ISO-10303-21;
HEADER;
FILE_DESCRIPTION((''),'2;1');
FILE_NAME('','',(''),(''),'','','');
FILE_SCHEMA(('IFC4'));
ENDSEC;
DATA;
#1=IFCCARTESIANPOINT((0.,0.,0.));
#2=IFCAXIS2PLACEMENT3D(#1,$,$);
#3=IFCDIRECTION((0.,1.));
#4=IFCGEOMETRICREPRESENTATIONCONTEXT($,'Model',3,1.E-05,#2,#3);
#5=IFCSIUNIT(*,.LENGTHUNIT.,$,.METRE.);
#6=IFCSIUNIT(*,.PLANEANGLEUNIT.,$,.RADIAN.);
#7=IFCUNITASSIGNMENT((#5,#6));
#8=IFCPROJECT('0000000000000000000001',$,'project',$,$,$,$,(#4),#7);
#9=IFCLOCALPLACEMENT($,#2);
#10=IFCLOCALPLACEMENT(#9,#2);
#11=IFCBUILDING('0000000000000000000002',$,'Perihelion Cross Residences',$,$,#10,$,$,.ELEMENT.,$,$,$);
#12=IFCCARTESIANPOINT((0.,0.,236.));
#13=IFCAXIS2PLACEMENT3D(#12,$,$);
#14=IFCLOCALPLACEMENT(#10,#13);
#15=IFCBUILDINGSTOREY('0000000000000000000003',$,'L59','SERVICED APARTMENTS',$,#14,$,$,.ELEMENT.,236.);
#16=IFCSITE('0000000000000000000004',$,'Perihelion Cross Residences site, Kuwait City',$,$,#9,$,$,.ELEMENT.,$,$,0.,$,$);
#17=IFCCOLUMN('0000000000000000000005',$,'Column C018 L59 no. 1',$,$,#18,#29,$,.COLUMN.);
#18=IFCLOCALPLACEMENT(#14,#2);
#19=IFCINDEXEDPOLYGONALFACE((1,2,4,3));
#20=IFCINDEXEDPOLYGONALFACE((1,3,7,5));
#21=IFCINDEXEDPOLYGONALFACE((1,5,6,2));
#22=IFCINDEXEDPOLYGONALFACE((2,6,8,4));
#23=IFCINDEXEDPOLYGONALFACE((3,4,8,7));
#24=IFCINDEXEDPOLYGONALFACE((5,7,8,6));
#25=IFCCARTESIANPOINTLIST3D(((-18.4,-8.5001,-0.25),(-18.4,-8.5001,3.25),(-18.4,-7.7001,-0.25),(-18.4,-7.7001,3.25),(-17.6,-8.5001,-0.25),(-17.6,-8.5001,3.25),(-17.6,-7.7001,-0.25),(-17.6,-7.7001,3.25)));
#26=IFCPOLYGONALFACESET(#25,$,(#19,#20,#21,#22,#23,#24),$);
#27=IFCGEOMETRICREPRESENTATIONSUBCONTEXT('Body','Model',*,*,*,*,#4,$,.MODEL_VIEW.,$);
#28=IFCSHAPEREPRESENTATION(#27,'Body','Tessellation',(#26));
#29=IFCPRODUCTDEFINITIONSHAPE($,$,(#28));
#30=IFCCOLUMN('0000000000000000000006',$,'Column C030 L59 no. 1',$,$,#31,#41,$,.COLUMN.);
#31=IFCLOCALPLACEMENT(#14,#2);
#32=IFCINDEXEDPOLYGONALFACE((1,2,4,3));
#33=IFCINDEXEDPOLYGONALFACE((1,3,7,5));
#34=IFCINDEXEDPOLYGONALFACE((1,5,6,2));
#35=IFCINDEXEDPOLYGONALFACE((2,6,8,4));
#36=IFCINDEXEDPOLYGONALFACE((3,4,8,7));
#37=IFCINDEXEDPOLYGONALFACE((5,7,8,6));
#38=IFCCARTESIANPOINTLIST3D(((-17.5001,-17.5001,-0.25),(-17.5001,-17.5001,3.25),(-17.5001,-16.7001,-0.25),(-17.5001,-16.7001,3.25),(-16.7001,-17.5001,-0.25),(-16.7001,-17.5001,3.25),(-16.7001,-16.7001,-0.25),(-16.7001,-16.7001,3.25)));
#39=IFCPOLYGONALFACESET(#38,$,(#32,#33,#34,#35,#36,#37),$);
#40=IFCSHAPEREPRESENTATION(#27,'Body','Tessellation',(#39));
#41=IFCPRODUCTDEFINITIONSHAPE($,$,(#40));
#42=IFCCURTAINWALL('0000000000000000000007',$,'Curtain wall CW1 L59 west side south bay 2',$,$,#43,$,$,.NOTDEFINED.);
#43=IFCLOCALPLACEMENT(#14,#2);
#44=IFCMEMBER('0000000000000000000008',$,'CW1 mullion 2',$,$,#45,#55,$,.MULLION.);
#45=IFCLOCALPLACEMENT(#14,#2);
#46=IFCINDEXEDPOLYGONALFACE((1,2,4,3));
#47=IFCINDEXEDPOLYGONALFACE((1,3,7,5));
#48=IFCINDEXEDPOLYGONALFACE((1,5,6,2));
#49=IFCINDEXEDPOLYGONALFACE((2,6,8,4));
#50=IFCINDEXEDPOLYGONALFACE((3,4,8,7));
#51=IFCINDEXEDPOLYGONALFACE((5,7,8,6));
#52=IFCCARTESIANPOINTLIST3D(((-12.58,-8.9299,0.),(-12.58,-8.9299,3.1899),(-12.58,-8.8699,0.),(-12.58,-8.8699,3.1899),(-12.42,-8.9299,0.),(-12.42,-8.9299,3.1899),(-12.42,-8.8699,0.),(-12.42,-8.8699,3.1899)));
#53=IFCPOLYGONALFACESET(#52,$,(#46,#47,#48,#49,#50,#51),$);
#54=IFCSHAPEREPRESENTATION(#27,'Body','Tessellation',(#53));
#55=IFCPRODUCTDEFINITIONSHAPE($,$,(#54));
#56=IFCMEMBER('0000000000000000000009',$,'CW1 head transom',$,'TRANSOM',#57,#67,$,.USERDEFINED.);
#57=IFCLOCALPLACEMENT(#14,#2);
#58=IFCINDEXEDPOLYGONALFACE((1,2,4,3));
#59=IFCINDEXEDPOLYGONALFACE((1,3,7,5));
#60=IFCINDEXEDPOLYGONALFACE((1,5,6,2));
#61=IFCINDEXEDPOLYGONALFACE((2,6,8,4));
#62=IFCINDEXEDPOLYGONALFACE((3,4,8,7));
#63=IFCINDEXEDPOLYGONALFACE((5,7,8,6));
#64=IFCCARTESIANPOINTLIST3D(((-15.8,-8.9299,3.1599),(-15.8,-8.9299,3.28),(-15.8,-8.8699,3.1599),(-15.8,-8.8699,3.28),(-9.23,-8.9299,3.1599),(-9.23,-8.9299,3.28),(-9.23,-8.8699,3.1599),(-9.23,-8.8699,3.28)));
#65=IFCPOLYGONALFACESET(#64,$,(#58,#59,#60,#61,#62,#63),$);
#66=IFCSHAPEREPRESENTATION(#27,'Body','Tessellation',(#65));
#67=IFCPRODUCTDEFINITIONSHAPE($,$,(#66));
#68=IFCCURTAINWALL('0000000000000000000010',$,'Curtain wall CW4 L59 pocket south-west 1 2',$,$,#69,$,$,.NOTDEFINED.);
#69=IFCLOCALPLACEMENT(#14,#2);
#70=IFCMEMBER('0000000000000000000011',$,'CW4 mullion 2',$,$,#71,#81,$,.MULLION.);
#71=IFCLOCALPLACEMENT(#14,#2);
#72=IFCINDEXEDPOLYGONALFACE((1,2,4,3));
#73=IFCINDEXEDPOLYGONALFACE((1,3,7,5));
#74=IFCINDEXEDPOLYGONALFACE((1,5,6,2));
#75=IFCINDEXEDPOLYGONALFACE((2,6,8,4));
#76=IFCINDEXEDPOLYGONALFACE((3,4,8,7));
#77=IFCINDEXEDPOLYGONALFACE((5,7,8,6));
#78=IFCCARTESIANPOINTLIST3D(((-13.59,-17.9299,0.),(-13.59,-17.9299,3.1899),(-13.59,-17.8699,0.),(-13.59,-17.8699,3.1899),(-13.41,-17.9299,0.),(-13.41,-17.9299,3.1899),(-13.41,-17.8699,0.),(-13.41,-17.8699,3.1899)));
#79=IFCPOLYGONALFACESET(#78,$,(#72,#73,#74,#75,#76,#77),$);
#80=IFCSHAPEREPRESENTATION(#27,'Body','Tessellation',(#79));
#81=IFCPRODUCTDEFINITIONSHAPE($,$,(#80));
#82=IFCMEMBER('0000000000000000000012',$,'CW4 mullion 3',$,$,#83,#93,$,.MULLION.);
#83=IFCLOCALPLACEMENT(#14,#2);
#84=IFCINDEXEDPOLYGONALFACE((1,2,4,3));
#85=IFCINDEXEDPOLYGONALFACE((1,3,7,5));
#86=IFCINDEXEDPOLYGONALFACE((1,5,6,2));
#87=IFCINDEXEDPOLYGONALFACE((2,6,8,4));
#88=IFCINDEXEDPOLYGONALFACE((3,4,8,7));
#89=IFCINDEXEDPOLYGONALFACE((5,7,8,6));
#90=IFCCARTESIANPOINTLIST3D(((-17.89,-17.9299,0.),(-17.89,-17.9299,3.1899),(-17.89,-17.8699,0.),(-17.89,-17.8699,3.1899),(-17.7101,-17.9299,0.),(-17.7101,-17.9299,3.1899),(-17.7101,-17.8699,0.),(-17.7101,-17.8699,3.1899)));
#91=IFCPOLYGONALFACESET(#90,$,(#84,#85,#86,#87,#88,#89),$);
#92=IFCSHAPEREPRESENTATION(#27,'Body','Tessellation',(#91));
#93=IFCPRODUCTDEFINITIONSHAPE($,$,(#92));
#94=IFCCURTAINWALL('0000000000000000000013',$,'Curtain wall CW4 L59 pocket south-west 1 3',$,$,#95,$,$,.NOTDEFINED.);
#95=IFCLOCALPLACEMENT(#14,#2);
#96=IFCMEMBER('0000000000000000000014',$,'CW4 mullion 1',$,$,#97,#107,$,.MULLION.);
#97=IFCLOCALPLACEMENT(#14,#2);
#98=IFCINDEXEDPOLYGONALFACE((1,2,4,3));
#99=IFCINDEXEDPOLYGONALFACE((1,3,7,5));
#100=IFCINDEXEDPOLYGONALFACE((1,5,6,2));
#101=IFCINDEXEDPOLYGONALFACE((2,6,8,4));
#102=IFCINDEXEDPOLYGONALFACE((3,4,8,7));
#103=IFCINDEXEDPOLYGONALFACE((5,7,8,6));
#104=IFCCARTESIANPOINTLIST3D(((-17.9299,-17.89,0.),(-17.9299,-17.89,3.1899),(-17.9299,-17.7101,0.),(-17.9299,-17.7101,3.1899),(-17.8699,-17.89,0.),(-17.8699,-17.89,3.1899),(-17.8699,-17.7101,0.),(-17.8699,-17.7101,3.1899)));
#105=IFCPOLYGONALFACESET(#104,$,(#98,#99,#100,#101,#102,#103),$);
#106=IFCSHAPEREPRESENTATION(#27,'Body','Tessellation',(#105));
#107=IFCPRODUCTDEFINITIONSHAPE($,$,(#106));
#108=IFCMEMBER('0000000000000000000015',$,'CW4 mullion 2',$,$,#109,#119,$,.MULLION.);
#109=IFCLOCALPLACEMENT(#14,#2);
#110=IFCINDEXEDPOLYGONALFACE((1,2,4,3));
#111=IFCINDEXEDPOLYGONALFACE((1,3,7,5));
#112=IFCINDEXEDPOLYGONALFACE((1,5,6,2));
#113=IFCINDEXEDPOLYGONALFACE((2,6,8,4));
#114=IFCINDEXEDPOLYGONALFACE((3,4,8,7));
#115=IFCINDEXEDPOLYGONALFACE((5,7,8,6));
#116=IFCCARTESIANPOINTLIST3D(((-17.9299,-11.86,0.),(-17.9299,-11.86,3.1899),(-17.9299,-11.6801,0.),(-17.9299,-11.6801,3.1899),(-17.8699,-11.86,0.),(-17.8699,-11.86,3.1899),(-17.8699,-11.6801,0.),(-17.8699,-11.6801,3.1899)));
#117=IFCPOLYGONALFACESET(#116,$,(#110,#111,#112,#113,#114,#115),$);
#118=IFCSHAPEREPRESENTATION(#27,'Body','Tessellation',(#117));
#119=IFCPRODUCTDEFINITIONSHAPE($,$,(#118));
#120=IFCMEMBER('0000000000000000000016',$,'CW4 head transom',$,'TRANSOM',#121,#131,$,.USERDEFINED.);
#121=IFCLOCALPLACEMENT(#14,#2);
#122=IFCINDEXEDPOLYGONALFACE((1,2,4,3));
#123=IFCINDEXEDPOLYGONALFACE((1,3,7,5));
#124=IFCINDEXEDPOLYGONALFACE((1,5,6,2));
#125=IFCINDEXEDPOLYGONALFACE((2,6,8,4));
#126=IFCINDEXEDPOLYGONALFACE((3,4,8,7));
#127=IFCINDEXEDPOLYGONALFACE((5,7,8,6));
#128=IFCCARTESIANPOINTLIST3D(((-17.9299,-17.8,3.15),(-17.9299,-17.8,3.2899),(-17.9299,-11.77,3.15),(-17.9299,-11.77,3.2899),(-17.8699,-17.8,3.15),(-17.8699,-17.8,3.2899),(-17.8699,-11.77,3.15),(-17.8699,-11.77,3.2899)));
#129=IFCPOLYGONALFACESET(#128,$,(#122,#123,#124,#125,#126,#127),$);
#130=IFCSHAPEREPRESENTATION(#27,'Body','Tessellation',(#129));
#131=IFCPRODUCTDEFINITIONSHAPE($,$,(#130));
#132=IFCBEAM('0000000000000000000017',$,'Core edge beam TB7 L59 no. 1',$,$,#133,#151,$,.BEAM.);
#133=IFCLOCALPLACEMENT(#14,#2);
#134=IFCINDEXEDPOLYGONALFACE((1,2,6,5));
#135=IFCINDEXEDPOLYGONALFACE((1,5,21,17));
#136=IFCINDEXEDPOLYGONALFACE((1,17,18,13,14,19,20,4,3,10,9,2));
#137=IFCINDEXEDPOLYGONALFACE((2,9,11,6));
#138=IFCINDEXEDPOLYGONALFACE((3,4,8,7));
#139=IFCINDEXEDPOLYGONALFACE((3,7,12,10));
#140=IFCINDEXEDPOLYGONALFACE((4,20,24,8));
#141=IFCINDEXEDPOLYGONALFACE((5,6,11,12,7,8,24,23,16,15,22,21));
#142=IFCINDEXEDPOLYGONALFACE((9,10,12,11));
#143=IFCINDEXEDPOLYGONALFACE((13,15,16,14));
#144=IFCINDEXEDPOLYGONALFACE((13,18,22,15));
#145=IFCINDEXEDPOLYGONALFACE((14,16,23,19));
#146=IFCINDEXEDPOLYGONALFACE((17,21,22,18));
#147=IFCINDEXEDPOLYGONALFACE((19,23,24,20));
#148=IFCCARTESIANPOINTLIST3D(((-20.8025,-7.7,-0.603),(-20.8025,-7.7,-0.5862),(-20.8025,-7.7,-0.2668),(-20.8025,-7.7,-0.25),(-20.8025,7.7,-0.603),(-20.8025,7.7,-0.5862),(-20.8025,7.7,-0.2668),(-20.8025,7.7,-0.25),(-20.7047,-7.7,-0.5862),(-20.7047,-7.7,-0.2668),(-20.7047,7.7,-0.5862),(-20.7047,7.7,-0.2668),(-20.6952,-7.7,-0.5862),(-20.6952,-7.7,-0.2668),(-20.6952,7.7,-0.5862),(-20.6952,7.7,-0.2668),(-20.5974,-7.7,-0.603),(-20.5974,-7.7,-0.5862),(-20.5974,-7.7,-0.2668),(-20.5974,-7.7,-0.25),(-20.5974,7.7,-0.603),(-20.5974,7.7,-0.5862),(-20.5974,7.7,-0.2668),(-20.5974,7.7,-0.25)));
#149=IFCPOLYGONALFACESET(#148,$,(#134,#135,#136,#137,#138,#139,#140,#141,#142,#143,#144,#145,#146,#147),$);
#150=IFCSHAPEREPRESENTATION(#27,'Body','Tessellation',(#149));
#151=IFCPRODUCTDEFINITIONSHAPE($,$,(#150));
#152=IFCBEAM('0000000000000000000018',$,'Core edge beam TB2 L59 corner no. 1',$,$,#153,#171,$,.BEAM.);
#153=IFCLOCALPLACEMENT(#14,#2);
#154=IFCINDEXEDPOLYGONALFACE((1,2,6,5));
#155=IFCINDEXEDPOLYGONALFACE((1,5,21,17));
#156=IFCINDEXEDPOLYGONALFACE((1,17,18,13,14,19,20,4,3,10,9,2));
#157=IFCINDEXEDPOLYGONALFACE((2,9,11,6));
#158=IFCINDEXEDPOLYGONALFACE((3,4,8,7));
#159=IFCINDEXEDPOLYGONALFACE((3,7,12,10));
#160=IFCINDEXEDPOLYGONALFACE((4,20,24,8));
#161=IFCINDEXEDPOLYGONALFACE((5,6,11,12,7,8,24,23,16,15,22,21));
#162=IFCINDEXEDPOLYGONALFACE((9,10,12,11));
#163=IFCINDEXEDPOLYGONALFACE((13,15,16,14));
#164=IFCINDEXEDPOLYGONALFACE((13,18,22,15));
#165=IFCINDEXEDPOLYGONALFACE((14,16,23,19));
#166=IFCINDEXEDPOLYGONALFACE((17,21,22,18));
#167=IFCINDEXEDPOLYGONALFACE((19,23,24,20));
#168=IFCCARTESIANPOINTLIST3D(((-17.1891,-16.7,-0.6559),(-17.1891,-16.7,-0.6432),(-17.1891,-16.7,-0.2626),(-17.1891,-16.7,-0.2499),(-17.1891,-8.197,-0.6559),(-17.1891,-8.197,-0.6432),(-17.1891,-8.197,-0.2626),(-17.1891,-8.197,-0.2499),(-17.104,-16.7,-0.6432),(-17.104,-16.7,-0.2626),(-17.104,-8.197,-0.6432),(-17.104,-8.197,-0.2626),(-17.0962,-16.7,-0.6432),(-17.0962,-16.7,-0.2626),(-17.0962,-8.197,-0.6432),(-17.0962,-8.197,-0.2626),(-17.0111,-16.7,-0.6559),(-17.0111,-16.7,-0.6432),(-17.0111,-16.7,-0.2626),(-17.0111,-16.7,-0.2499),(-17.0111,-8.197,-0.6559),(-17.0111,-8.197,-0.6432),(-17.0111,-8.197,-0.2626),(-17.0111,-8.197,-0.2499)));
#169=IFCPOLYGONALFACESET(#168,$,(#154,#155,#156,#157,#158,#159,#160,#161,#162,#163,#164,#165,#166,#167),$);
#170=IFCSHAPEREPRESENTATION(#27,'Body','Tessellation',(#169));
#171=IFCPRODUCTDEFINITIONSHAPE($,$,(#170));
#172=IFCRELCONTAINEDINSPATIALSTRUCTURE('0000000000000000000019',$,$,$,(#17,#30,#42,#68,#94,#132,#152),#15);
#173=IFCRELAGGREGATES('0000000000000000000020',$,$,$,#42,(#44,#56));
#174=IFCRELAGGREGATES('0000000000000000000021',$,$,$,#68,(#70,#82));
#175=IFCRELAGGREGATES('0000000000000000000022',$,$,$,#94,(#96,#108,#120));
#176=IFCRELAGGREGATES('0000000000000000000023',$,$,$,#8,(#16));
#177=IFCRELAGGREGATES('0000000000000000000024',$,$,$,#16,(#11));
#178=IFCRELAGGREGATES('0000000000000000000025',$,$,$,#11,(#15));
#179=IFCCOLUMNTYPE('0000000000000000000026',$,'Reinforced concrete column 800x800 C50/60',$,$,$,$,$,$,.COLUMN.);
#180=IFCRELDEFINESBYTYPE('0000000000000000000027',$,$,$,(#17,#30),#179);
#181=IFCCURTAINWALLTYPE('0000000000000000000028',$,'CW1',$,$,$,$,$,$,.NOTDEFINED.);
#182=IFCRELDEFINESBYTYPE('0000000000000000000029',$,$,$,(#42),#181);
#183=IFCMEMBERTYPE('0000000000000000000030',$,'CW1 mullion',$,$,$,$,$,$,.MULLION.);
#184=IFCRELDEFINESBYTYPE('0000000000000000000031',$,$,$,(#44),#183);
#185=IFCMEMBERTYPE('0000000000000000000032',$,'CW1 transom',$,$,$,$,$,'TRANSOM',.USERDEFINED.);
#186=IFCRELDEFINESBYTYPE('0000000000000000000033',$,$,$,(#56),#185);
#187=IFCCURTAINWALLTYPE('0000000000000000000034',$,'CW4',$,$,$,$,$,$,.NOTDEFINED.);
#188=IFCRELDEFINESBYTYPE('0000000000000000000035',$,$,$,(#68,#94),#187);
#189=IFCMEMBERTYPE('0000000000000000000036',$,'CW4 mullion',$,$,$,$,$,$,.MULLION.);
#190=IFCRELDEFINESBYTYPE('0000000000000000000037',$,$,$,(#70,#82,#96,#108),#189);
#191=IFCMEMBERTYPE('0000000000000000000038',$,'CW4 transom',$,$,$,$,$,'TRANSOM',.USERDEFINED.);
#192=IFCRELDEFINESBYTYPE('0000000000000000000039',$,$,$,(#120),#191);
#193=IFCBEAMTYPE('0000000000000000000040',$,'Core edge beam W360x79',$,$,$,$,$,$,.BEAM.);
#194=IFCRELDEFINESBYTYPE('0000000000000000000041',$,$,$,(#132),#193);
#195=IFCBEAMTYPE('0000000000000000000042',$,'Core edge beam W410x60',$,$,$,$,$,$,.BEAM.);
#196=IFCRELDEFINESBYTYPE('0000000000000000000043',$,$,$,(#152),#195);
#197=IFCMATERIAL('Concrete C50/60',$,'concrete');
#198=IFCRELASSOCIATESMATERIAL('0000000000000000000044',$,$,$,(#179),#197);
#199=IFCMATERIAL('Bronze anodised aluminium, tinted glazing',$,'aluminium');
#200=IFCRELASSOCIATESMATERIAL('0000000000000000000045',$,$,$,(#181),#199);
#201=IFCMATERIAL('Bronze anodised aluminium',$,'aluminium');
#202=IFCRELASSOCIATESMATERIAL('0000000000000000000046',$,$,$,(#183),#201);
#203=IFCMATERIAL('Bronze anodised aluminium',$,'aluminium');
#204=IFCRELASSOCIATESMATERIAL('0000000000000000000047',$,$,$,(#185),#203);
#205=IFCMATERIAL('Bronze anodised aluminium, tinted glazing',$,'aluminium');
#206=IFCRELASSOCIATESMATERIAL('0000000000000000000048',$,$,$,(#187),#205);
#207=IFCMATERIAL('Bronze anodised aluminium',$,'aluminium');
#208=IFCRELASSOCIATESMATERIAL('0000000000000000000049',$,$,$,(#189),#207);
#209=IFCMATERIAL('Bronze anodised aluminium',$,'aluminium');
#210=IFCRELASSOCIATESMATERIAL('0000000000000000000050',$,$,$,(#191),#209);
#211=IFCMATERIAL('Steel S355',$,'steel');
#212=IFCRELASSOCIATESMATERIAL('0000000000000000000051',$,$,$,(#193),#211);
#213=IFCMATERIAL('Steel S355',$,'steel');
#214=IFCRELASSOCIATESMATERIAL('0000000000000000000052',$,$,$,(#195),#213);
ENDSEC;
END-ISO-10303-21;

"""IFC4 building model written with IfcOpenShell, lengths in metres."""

from ifc_helpers import new_model, si_unit, direction, frame, origin, origin_2d, place, context, subcontext, project, spatial, rectangle, i_section, extrude, material, material_profile, profile_set, type_object, element, aggregate, save


model = new_model("IFC4")

# Units and contexts
model_context = context("Model", 3, precision=1e-05, world=origin(), true_north=direction((0.0, 1.0)))
body_context = subcontext(model_context, "Body", "Model", "MODEL_VIEW")
ifc_project = project(units=[si_unit("LENGTHUNIT", "METRE"), si_unit("PLANEANGLEUNIT", "RADIAN")], contexts=[model_context])

# Site, building, storey
site_placement = place(None, origin())
site = spatial("IfcSite", under=ifc_project, at=site_placement, Name="Perihelion Cross Residences site, Kuwait City", CompositionType="ELEMENT", RefElevation=0.0)
building_placement = place(site_placement, origin())
building = spatial("IfcBuilding", under=site, at=building_placement, Name="Perihelion Cross Residences", CompositionType="ELEMENT")
storey_placement = place(building_placement, frame((0.0, 0.0, 236.0)))
storey = spatial("IfcBuildingStorey", under=building, at=storey_placement, Name="L59", Description="SERVICED APARTMENTS", CompositionType="ELEMENT", Elevation=236.0)

# Columns
ifc_material_1 = material(Name="Concrete C50/60", Category="concrete")
ifc_material_profile_1 = material_profile(ifc_material_1, rectangle(XDim=0.8, YDim=0.8, at=origin_2d()), Name="RC 800x800")
ifc_profile_set_1 = profile_set([ifc_material_profile_1], Name="Concrete C50/60")
column_type = type_object("IfcColumnType", Name="Reinforced concrete column 800x800 C50/60", PredefinedType="COLUMN", material=ifc_profile_set_1)
for number, where, z_axis, x_axis, name in (
    (1, (-18.0, -8.1001, -0.25), (0.0, 0.0, 1.0), (1.0, 0.0, 0.0), "Column C018 L59 no. 1"),
    (2, (-17.1001, -17.1001, -0.25), (0.0, 0.0, 1.0), (1.0, 0.0, 0.0), "Column C030 L59 no. 1"),
):
    element("IfcColumn", number, at=place(storey_placement, frame(where, z_axis=z_axis, x_axis=x_axis)), inside=storey, type_object=column_type, Name=name, PredefinedType="COLUMN", context=body_context, shape_type="SweptSolid", body=[
        extrude(rectangle(XDim=0.8, YDim=0.8, at=origin_2d()), origin(), (0.0, 0.0, 1.0), 3.5),
    ])

# Curtain walls, members
ifc_material_2 = material(Name="Bronze anodised aluminium, tinted glazing", Category="aluminium")
curtain_wall_type_1 = type_object("IfcCurtainWallType", Name="CW1", PredefinedType="NOTDEFINED", material=ifc_material_2)
curtain_wall_1_placement = place(storey_placement, origin())
curtain_wall_1 = element("IfcCurtainWall", 3, at=curtain_wall_1_placement, inside=storey, type_object=curtain_wall_type_1, Name="Curtain wall CW1 L59 west side south bay 2", PredefinedType="NOTDEFINED")
ifc_material_3 = material(Name="Bronze anodised aluminium", Category="aluminium")
ifc_material_profile_2 = material_profile(ifc_material_3, rectangle(XDim=0.0601, YDim=0.1599, at=origin_2d()), Name="CW1 mullion")
ifc_profile_set_2 = profile_set([ifc_material_profile_2], Name="Bronze anodised aluminium")
member_type_1 = type_object("IfcMemberType", Name="CW1 mullion", PredefinedType="MULLION", material=ifc_profile_set_2)
member_1_placement = place(storey_placement, frame((-12.5, -8.8999, 0.0), z_axis=(0.0, 0.0, 1.0), x_axis=(0.0, 1.0, 0.0)))
member_1 = element("IfcMember", 4, at=member_1_placement, type_object=member_type_1, Name="CW1 mullion 2", PredefinedType="MULLION", context=body_context, shape_type="SweptSolid", body=[
    extrude(rectangle(XDim=0.0601, YDim=0.1599, at=origin_2d()), origin(), (0.0, 0.0, 1.0), 3.1899),
])
ifc_material_4 = material(Name="Bronze anodised aluminium", Category="aluminium")
ifc_material_profile_3 = material_profile(ifc_material_4, rectangle(XDim=0.0601, YDim=0.1201, at=origin_2d()), Name="CW1 transom")
ifc_profile_set_3 = profile_set([ifc_material_profile_3], Name="Bronze anodised aluminium")
member_type_2 = type_object("IfcMemberType", Name="CW1 transom", ElementType="TRANSOM", PredefinedType="USERDEFINED", material=ifc_profile_set_3)
member_2_placement = place(storey_placement, frame((-15.8, -8.8999, 3.22), z_axis=(1.0, 0.0, 0.0), x_axis=(0.0, 1.0, 0.0)))
member_2 = element("IfcMember", 5, at=member_2_placement, type_object=member_type_2, Name="CW1 head transom", ObjectType="TRANSOM", PredefinedType="USERDEFINED", context=body_context, shape_type="SweptSolid", body=[
    extrude(rectangle(XDim=0.0601, YDim=0.1201, at=origin_2d()), origin(), (0.0, 0.0, 1.0), 6.5701),
])
ifc_material_5 = material(Name="Bronze anodised aluminium, tinted glazing", Category="aluminium")
curtain_wall_type_2 = type_object("IfcCurtainWallType", Name="CW4", PredefinedType="NOTDEFINED", material=ifc_material_5)
curtain_wall_2_placement = place(storey_placement, origin())
curtain_wall_2 = element("IfcCurtainWall", 6, at=curtain_wall_2_placement, inside=storey, type_object=curtain_wall_type_2, Name="Curtain wall CW4 L59 pocket south-west 1 2", PredefinedType="NOTDEFINED")
ifc_material_6 = material(Name="Bronze anodised aluminium", Category="aluminium")
ifc_material_profile_4 = material_profile(ifc_material_6, rectangle(XDim=0.0601, YDim=0.1799, at=origin_2d()), Name="CW4 mullion")
ifc_profile_set_4 = profile_set([ifc_material_profile_4], Name="Bronze anodised aluminium")
member_type_3 = type_object("IfcMemberType", Name="CW4 mullion", PredefinedType="MULLION", material=ifc_profile_set_4)
member_3_placement = place(storey_placement, frame((-13.5, -17.8999, 0.0), z_axis=(0.0, 0.0, 1.0), x_axis=(0.0, -1.0, 0.0)))
member_3 = element("IfcMember", 7, at=member_3_placement, type_object=member_type_3, Name="CW4 mullion 2", PredefinedType="MULLION", context=body_context, shape_type="SweptSolid", body=[
    extrude(rectangle(XDim=0.0601, YDim=0.1799, at=origin_2d()), origin(), (0.0, 0.0, 1.0), 3.1899),
])
member_4_placement = place(storey_placement, frame((-17.8, -17.8999, 0.0), z_axis=(0.0, 0.0, 1.0), x_axis=(0.0, -1.0, 0.0)))
member_4 = element("IfcMember", 8, at=member_4_placement, type_object=member_type_3, Name="CW4 mullion 3", PredefinedType="MULLION", context=body_context, shape_type="SweptSolid", body=[
    extrude(rectangle(XDim=0.0601, YDim=0.1799, at=origin_2d()), origin(), (0.0, 0.0, 1.0), 3.1899),
])
curtain_wall_3_placement = place(storey_placement, origin())
curtain_wall_3 = element("IfcCurtainWall", 9, at=curtain_wall_3_placement, inside=storey, type_object=curtain_wall_type_2, Name="Curtain wall CW4 L59 pocket south-west 1 3", PredefinedType="NOTDEFINED")
member_5_placement = place(storey_placement, frame((-17.8999, -17.8, 0.0), z_axis=(0.0, 0.0, 1.0), x_axis=(-1.0, 0.0, 0.0)))
member_5 = element("IfcMember", 10, at=member_5_placement, type_object=member_type_3, Name="CW4 mullion 1", PredefinedType="MULLION", context=body_context, shape_type="SweptSolid", body=[
    extrude(rectangle(XDim=0.0601, YDim=0.1799, at=origin_2d()), origin(), (0.0, 0.0, 1.0), 3.1899),
])
member_6_placement = place(storey_placement, frame((-17.8999, -11.77, 0.0), z_axis=(0.0, 0.0, 1.0), x_axis=(-1.0, 0.0, 0.0)))
member_6 = element("IfcMember", 11, at=member_6_placement, type_object=member_type_3, Name="CW4 mullion 2", PredefinedType="MULLION", context=body_context, shape_type="SweptSolid", body=[
    extrude(rectangle(XDim=0.0601, YDim=0.1799, at=origin_2d()), origin(), (0.0, 0.0, 1.0), 3.1899),
])
ifc_material_7 = material(Name="Bronze anodised aluminium", Category="aluminium")
ifc_material_profile_5 = material_profile(ifc_material_7, rectangle(XDim=0.0601, YDim=0.1399, at=origin_2d()), Name="CW4 transom")
ifc_profile_set_5 = profile_set([ifc_material_profile_5], Name="Bronze anodised aluminium")
member_type_4 = type_object("IfcMemberType", Name="CW4 transom", ElementType="TRANSOM", PredefinedType="USERDEFINED", material=ifc_profile_set_5)
member_7_placement = place(storey_placement, frame((-17.8999, -17.8, 3.22), z_axis=(0.0, 1.0, 0.0), x_axis=(-1.0, 0.0, 0.0)))
member_7 = element("IfcMember", 12, at=member_7_placement, type_object=member_type_4, Name="CW4 head transom", ObjectType="TRANSOM", PredefinedType="USERDEFINED", context=body_context, shape_type="SweptSolid", body=[
    extrude(rectangle(XDim=0.0601, YDim=0.1399, at=origin_2d()), origin(), (0.0, 0.0, 1.0), 6.03),
])

# Beams
ifc_material_8 = material(Name="Steel S355", Category="steel")
ifc_material_profile_6 = material_profile(ifc_material_8, i_section(OverallWidth=0.2051, OverallDepth=0.353, WebThickness=0.0095, FlangeThickness=0.0168, at=origin_2d()), Name="W360x79")
ifc_profile_set_6 = profile_set([ifc_material_profile_6], Name="Steel S355")
beam_type_1 = type_object("IfcBeamType", Name="Core edge beam W360x79", PredefinedType="BEAM", material=ifc_profile_set_6)
beam_1_placement = place(storey_placement, frame((-20.7, -7.7, -0.4265), z_axis=(0.0, 1.0, 0.0), x_axis=(-1.0, 0.0, 0.0)))
element("IfcBeam", 13, at=beam_1_placement, inside=storey, type_object=beam_type_1, Name="Core edge beam TB7 L59 no. 1", PredefinedType="BEAM", context=body_context, shape_type="SweptSolid", body=[
    extrude(i_section(OverallWidth=0.2051, OverallDepth=0.353, WebThickness=0.0095, FlangeThickness=0.0168, at=origin_2d()), origin(), (0.0, 0.0, 1.0), 15.3999),
])
ifc_material_9 = material(Name="Steel S355", Category="steel")
ifc_material_profile_7 = material_profile(ifc_material_9, i_section(OverallWidth=0.178, OverallDepth=0.406, WebThickness=0.0078, FlangeThickness=0.0127, at=origin_2d()), Name="W410x60")
ifc_profile_set_7 = profile_set([ifc_material_profile_7], Name="Steel S355")
beam_type_2 = type_object("IfcBeamType", Name="Core edge beam W410x60", PredefinedType="BEAM", material=ifc_profile_set_7)
beam_2_placement = place(storey_placement, frame((-17.1001, -8.197, -0.4529), z_axis=(0.0, -1.0, 0.0), x_axis=(1.0, 0.0, 0.0)))
element("IfcBeam", 14, at=beam_2_placement, inside=storey, type_object=beam_type_2, Name="Core edge beam TB2 L59 corner no. 1", PredefinedType="BEAM", context=body_context, shape_type="SweptSolid", body=[
    extrude(i_section(OverallWidth=0.178, OverallDepth=0.406, WebThickness=0.0078, FlangeThickness=0.0127, at=origin_2d()), origin(), (0.0, 0.0, 1.0), 8.5029),
])

aggregate(curtain_wall_1, [member_1, member_2])
aggregate(curtain_wall_2, [member_3, member_4])
aggregate(curtain_wall_3, [member_5, member_6, member_7])

save(model, "model.ifc")
